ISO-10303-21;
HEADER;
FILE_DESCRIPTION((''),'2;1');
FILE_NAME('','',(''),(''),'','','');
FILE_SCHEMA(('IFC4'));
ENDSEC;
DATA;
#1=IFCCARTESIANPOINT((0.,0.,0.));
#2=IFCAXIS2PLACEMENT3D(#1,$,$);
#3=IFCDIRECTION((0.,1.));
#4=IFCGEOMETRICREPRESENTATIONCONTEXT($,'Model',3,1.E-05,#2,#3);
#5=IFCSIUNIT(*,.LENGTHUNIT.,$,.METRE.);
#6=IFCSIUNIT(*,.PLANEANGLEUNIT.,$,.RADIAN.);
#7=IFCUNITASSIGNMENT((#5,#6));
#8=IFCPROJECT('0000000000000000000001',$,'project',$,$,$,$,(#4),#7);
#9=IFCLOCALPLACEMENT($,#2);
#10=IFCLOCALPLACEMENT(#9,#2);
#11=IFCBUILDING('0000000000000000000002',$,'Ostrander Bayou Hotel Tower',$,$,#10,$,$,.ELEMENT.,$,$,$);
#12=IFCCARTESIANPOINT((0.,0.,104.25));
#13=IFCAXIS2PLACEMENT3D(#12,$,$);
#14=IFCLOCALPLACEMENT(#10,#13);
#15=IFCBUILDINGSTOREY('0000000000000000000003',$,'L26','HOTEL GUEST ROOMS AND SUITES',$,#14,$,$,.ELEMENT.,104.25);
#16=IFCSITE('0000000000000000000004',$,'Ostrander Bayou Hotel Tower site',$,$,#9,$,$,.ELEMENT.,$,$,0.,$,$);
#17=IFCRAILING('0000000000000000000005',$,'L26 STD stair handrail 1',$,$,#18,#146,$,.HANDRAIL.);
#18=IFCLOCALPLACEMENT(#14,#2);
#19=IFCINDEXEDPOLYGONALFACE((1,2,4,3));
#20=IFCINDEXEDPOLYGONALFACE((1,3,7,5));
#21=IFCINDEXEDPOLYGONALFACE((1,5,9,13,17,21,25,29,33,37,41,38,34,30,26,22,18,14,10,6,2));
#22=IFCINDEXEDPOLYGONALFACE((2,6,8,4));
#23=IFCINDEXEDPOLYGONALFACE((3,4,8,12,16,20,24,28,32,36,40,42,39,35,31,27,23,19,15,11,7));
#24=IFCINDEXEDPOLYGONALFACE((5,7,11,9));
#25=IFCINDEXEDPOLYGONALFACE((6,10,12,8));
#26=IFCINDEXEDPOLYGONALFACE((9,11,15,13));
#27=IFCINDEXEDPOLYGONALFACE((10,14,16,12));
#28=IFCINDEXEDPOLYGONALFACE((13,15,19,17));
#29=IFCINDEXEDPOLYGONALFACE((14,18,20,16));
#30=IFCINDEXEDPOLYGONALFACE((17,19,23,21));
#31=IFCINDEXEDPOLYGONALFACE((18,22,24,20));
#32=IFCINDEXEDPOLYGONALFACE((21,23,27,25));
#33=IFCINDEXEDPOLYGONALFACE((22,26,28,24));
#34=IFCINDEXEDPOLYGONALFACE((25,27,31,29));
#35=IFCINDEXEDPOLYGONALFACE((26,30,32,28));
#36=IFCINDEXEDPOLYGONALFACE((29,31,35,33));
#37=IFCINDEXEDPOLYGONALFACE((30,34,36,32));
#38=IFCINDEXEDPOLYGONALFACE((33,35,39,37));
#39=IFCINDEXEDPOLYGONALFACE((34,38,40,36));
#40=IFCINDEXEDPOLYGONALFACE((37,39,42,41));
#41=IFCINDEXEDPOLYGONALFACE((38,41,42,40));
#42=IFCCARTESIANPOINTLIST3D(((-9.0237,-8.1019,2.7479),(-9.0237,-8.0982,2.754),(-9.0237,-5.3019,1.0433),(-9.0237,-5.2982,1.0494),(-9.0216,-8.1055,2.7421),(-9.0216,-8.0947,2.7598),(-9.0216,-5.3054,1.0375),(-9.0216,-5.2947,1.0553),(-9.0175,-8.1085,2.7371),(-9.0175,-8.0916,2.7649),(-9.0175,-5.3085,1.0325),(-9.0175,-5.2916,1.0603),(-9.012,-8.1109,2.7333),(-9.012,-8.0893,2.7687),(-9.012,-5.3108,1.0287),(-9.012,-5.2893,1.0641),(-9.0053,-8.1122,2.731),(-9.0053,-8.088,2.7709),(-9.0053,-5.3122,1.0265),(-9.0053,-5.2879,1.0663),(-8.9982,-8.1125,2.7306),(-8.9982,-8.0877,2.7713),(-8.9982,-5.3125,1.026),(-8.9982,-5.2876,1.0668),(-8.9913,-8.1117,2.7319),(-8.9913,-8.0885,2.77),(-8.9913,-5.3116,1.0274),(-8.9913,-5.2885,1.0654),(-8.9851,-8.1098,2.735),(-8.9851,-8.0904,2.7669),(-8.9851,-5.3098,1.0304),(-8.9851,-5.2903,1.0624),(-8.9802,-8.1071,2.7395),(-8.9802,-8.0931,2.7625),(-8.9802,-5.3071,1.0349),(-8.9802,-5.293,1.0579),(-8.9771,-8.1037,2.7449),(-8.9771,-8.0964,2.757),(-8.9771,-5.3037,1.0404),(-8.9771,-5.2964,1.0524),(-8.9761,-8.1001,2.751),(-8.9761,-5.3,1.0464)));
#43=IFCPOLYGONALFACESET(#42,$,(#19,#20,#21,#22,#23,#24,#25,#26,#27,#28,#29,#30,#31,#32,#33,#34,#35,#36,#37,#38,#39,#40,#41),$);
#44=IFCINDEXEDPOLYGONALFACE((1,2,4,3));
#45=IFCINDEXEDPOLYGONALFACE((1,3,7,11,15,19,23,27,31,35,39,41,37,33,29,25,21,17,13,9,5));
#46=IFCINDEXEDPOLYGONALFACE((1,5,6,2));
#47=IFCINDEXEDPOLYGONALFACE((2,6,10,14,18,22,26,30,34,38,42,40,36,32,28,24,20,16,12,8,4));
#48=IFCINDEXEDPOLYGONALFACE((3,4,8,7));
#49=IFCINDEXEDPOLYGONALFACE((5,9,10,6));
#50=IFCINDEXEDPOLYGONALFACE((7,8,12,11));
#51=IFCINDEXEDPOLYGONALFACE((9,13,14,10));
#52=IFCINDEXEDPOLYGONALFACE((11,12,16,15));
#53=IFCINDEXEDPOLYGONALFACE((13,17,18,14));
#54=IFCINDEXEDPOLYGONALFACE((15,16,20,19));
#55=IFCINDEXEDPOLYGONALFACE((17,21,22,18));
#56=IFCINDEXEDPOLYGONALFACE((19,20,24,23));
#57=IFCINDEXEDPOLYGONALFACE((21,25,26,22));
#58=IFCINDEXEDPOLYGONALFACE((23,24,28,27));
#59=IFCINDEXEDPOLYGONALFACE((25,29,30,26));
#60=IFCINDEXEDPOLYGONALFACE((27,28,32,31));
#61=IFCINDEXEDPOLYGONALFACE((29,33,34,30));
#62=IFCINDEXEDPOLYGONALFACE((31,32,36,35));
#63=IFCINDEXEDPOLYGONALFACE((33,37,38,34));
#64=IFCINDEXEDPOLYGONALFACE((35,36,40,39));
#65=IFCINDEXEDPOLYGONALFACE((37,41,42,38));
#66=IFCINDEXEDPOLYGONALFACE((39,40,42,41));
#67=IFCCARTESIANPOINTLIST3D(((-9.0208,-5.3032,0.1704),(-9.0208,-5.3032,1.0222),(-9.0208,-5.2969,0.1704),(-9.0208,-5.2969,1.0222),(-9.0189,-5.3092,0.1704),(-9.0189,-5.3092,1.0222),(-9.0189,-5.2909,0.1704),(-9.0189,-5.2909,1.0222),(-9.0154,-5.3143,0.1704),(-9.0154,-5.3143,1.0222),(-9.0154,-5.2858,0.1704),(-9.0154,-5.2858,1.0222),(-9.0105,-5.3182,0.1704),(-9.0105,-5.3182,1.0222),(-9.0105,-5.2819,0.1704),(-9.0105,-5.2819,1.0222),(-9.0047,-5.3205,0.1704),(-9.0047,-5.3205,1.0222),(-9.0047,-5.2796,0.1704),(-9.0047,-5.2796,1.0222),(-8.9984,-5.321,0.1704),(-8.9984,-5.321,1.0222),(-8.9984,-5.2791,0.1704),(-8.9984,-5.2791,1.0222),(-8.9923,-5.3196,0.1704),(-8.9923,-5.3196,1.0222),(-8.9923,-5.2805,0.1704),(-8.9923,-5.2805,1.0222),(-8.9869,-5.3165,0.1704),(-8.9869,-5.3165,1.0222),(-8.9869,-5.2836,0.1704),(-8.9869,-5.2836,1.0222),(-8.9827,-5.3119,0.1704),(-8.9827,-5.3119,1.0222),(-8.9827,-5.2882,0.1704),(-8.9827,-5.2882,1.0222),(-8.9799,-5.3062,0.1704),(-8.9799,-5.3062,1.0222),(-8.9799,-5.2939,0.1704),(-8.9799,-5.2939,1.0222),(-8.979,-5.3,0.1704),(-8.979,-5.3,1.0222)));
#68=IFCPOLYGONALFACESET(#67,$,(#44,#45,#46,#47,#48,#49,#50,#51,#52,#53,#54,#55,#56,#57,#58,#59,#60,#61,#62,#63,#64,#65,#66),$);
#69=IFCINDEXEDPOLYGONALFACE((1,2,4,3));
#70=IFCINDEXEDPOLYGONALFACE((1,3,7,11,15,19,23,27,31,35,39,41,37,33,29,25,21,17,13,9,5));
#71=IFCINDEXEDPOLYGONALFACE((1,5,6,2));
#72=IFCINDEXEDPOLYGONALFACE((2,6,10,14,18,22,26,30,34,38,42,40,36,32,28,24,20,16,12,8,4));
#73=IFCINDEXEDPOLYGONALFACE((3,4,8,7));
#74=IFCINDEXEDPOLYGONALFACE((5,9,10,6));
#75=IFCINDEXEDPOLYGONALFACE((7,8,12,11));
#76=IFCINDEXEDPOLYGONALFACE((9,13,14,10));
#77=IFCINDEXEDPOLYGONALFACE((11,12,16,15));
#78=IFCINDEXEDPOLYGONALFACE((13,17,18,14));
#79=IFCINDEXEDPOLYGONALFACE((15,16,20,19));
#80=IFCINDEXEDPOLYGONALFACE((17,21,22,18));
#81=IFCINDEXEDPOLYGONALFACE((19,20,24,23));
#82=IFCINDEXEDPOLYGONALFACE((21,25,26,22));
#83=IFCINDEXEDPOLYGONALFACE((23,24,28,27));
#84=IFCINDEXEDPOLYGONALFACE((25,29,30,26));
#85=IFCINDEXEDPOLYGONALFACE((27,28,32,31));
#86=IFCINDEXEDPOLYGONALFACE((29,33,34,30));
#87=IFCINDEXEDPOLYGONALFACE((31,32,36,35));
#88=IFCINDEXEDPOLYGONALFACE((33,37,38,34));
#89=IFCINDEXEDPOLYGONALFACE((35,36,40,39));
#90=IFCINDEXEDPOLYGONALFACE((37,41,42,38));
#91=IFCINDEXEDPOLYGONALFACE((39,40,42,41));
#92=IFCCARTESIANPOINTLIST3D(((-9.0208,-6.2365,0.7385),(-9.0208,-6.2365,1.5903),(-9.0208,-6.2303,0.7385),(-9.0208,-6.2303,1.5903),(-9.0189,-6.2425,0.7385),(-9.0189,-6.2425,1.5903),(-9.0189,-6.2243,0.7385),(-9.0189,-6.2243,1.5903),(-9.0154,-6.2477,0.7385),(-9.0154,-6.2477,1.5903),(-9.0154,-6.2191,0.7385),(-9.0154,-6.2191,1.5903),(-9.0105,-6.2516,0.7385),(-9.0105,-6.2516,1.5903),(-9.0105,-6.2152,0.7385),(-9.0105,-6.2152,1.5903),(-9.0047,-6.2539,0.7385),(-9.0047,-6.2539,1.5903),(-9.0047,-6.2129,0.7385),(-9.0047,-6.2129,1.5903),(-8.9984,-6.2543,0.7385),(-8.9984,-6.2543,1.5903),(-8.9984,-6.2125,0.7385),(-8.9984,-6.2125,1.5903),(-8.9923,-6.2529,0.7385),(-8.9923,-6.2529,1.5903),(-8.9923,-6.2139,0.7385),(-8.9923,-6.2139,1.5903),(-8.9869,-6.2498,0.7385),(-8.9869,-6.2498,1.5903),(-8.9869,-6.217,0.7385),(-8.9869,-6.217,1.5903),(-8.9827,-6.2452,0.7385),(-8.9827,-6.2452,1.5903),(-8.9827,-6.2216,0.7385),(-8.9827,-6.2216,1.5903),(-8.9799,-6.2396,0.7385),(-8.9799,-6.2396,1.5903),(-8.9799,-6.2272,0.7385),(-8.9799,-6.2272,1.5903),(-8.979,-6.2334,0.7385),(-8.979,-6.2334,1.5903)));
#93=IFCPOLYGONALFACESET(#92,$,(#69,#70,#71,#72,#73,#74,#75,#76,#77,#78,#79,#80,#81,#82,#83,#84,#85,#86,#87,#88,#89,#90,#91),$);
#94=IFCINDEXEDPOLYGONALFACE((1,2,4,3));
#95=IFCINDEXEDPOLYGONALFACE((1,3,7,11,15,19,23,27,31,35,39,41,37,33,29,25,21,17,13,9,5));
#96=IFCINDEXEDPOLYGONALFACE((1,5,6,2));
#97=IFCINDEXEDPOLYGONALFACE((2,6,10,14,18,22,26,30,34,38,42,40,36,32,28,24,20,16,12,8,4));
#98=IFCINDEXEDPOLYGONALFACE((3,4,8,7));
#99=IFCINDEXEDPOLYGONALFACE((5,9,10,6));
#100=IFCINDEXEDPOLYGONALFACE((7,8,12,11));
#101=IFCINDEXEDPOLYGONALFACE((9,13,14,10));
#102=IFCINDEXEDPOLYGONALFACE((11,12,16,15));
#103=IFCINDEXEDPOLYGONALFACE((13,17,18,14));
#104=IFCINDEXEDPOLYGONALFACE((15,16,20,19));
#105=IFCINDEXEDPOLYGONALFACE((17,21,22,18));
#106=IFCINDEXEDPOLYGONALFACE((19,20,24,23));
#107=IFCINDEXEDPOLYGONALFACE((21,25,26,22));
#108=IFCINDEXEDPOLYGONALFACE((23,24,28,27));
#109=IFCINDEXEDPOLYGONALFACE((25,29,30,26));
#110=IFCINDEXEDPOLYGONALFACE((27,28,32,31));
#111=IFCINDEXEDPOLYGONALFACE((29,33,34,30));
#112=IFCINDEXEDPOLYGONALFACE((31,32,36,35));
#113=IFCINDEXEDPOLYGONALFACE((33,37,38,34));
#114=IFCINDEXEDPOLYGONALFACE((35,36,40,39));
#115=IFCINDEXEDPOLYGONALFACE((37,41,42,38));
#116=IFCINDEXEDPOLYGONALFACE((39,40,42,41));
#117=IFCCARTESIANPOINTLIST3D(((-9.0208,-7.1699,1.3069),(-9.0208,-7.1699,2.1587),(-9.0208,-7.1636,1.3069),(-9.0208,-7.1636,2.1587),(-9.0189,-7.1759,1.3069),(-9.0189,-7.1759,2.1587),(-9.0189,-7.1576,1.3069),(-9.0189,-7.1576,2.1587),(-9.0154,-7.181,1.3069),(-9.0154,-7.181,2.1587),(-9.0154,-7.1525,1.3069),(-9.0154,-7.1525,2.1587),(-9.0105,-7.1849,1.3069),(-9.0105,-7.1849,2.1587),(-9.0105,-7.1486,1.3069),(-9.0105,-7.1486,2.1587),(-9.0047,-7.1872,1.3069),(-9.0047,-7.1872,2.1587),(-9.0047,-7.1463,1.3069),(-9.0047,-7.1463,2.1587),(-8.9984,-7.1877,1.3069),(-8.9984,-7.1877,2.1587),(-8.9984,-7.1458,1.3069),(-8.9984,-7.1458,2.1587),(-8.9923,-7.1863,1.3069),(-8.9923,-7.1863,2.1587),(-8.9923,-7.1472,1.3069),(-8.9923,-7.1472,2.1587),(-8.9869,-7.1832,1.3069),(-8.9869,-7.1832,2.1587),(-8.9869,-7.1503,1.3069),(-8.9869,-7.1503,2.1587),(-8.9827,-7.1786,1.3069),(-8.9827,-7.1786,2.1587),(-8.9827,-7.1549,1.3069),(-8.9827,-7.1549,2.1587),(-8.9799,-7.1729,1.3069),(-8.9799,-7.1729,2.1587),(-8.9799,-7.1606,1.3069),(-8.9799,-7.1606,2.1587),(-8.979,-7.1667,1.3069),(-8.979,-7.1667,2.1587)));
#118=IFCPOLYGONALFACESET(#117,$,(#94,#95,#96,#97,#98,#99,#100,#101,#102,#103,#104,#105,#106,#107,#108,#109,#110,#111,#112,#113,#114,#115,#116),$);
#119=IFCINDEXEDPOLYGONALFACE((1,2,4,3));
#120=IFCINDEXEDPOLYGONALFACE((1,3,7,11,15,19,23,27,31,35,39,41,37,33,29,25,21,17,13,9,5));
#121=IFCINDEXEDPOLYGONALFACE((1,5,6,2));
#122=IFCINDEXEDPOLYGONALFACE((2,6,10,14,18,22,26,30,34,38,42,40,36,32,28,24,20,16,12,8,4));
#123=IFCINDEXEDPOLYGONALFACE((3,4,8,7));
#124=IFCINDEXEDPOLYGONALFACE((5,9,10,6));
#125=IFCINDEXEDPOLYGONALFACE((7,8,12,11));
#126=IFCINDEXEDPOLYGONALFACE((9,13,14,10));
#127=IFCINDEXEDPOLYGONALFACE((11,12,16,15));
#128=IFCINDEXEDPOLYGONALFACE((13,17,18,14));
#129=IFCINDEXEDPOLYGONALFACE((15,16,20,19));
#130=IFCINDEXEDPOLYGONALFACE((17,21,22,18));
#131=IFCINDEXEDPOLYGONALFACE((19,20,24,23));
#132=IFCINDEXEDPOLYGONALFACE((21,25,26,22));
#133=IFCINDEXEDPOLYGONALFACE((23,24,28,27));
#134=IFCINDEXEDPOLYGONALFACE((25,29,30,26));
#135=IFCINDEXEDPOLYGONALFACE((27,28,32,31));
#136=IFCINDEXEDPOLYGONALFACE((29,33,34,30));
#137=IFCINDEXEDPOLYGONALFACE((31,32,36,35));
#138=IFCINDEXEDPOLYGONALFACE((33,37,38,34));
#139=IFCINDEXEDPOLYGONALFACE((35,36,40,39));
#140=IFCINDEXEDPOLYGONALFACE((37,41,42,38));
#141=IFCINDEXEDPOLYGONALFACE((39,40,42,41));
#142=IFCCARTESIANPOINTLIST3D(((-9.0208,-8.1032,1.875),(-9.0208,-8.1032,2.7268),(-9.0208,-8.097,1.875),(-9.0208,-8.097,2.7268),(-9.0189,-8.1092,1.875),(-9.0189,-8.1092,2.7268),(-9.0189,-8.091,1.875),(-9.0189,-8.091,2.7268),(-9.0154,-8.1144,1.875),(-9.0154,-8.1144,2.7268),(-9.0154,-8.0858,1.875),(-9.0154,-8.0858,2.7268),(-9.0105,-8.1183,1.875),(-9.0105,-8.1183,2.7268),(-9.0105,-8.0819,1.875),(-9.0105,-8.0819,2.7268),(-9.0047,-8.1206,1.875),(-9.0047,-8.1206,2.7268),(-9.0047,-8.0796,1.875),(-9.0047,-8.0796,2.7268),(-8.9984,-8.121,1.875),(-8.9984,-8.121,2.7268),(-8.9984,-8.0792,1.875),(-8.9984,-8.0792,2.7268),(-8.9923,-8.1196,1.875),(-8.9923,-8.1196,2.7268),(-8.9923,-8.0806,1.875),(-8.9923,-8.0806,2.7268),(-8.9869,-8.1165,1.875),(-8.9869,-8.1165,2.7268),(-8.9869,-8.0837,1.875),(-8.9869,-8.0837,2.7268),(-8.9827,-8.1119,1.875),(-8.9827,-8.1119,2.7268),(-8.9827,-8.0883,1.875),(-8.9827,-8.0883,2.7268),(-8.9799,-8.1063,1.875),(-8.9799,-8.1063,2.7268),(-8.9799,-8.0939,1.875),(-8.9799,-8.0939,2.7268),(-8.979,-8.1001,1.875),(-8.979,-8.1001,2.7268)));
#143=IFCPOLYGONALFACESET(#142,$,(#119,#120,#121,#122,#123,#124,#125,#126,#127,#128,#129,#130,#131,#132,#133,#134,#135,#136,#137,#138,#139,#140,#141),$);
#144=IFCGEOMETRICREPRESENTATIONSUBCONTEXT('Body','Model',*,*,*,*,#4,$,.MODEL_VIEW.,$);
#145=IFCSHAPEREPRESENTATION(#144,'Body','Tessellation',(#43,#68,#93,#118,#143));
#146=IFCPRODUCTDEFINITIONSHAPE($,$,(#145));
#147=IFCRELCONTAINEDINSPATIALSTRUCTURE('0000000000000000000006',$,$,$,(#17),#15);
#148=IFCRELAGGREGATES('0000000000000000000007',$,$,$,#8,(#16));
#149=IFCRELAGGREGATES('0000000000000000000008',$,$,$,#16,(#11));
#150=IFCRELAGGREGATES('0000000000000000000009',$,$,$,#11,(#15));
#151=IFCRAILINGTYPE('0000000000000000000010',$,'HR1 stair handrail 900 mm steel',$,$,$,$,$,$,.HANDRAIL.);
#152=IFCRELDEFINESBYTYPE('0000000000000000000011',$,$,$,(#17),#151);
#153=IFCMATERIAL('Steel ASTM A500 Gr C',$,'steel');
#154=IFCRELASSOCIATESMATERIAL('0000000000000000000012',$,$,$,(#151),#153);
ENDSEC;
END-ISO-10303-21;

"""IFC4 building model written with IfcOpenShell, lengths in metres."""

from ifc_helpers import new_model, si_unit, direction, frame, origin, origin_2d, place, context, subcontext, project, spatial, circle, extrude, material, type_object, element, save


model = new_model("IFC4")

# Units and contexts
model_context = context("Model", 3, precision=1e-05, world=origin(), true_north=direction((0.0, 1.0)))
body_context = subcontext(model_context, "Body", "Model", "MODEL_VIEW")
ifc_project = project(units=[si_unit("LENGTHUNIT", "METRE"), si_unit("PLANEANGLEUNIT", "RADIAN")], contexts=[model_context])

# Site, building, storey
site_placement = place(None, origin())
site = spatial("IfcSite", under=ifc_project, at=site_placement, Name="Ostrander Bayou Hotel Tower site", CompositionType="ELEMENT", RefElevation=0.0)
building_placement = place(site_placement, origin())
building = spatial("IfcBuilding", under=site, at=building_placement, Name="Ostrander Bayou Hotel Tower", CompositionType="ELEMENT")
storey_placement = place(building_placement, frame((0.0, 0.0, 104.25)))
storey = spatial("IfcBuildingStorey", under=building, at=storey_placement, Name="L26", Description="HOTEL GUEST ROOMS AND SUITES", CompositionType="ELEMENT", Elevation=104.25)

# Railing
ifc_material_1 = material(Name="Steel ASTM A500 Gr C", Category="steel")
railing_type_1 = type_object("IfcRailingType", Name="HR1 stair handrail 900 mm steel", PredefinedType="HANDRAIL", material=ifc_material_1)
railing_1_placement = place(storey_placement, frame((-9.0, -5.3, 0.1704)))
element("IfcRailing", 1, at=railing_1_placement, inside=storey, type_object=railing_type_1, Name="L26 STD stair handrail 1", PredefinedType="HANDRAIL", context=body_context, shape_type="SweptSolid", body=[
    extrude(circle(Radius=0.0239, at=origin_2d()), frame((0.0, 0.0, 0.876), z_axis=(0.0, -0.85417, 0.519994), x_axis=(1.0, 0.0, 0.0)), (0.0, 0.0, 1.0), 3.2781),
    extrude(circle(Radius=0.021, at=origin_2d()), origin(), (0.0, 0.0, 1.0), 0.8518),
    extrude(circle(Radius=0.021, at=origin_2d()), frame((0.0, -0.9333, 0.5681)), (0.0, 0.0, 1.0), 0.8518),
    extrude(circle(Radius=0.021, at=origin_2d()), frame((0.0, -1.8667, 1.1365)), (0.0, 0.0, 1.0), 0.8518),
    extrude(circle(Radius=0.021, at=origin_2d()), frame((0.0, -2.8, 1.7046)), (0.0, 0.0, 1.0), 0.8518),
])

save(model, "model.ifc")
